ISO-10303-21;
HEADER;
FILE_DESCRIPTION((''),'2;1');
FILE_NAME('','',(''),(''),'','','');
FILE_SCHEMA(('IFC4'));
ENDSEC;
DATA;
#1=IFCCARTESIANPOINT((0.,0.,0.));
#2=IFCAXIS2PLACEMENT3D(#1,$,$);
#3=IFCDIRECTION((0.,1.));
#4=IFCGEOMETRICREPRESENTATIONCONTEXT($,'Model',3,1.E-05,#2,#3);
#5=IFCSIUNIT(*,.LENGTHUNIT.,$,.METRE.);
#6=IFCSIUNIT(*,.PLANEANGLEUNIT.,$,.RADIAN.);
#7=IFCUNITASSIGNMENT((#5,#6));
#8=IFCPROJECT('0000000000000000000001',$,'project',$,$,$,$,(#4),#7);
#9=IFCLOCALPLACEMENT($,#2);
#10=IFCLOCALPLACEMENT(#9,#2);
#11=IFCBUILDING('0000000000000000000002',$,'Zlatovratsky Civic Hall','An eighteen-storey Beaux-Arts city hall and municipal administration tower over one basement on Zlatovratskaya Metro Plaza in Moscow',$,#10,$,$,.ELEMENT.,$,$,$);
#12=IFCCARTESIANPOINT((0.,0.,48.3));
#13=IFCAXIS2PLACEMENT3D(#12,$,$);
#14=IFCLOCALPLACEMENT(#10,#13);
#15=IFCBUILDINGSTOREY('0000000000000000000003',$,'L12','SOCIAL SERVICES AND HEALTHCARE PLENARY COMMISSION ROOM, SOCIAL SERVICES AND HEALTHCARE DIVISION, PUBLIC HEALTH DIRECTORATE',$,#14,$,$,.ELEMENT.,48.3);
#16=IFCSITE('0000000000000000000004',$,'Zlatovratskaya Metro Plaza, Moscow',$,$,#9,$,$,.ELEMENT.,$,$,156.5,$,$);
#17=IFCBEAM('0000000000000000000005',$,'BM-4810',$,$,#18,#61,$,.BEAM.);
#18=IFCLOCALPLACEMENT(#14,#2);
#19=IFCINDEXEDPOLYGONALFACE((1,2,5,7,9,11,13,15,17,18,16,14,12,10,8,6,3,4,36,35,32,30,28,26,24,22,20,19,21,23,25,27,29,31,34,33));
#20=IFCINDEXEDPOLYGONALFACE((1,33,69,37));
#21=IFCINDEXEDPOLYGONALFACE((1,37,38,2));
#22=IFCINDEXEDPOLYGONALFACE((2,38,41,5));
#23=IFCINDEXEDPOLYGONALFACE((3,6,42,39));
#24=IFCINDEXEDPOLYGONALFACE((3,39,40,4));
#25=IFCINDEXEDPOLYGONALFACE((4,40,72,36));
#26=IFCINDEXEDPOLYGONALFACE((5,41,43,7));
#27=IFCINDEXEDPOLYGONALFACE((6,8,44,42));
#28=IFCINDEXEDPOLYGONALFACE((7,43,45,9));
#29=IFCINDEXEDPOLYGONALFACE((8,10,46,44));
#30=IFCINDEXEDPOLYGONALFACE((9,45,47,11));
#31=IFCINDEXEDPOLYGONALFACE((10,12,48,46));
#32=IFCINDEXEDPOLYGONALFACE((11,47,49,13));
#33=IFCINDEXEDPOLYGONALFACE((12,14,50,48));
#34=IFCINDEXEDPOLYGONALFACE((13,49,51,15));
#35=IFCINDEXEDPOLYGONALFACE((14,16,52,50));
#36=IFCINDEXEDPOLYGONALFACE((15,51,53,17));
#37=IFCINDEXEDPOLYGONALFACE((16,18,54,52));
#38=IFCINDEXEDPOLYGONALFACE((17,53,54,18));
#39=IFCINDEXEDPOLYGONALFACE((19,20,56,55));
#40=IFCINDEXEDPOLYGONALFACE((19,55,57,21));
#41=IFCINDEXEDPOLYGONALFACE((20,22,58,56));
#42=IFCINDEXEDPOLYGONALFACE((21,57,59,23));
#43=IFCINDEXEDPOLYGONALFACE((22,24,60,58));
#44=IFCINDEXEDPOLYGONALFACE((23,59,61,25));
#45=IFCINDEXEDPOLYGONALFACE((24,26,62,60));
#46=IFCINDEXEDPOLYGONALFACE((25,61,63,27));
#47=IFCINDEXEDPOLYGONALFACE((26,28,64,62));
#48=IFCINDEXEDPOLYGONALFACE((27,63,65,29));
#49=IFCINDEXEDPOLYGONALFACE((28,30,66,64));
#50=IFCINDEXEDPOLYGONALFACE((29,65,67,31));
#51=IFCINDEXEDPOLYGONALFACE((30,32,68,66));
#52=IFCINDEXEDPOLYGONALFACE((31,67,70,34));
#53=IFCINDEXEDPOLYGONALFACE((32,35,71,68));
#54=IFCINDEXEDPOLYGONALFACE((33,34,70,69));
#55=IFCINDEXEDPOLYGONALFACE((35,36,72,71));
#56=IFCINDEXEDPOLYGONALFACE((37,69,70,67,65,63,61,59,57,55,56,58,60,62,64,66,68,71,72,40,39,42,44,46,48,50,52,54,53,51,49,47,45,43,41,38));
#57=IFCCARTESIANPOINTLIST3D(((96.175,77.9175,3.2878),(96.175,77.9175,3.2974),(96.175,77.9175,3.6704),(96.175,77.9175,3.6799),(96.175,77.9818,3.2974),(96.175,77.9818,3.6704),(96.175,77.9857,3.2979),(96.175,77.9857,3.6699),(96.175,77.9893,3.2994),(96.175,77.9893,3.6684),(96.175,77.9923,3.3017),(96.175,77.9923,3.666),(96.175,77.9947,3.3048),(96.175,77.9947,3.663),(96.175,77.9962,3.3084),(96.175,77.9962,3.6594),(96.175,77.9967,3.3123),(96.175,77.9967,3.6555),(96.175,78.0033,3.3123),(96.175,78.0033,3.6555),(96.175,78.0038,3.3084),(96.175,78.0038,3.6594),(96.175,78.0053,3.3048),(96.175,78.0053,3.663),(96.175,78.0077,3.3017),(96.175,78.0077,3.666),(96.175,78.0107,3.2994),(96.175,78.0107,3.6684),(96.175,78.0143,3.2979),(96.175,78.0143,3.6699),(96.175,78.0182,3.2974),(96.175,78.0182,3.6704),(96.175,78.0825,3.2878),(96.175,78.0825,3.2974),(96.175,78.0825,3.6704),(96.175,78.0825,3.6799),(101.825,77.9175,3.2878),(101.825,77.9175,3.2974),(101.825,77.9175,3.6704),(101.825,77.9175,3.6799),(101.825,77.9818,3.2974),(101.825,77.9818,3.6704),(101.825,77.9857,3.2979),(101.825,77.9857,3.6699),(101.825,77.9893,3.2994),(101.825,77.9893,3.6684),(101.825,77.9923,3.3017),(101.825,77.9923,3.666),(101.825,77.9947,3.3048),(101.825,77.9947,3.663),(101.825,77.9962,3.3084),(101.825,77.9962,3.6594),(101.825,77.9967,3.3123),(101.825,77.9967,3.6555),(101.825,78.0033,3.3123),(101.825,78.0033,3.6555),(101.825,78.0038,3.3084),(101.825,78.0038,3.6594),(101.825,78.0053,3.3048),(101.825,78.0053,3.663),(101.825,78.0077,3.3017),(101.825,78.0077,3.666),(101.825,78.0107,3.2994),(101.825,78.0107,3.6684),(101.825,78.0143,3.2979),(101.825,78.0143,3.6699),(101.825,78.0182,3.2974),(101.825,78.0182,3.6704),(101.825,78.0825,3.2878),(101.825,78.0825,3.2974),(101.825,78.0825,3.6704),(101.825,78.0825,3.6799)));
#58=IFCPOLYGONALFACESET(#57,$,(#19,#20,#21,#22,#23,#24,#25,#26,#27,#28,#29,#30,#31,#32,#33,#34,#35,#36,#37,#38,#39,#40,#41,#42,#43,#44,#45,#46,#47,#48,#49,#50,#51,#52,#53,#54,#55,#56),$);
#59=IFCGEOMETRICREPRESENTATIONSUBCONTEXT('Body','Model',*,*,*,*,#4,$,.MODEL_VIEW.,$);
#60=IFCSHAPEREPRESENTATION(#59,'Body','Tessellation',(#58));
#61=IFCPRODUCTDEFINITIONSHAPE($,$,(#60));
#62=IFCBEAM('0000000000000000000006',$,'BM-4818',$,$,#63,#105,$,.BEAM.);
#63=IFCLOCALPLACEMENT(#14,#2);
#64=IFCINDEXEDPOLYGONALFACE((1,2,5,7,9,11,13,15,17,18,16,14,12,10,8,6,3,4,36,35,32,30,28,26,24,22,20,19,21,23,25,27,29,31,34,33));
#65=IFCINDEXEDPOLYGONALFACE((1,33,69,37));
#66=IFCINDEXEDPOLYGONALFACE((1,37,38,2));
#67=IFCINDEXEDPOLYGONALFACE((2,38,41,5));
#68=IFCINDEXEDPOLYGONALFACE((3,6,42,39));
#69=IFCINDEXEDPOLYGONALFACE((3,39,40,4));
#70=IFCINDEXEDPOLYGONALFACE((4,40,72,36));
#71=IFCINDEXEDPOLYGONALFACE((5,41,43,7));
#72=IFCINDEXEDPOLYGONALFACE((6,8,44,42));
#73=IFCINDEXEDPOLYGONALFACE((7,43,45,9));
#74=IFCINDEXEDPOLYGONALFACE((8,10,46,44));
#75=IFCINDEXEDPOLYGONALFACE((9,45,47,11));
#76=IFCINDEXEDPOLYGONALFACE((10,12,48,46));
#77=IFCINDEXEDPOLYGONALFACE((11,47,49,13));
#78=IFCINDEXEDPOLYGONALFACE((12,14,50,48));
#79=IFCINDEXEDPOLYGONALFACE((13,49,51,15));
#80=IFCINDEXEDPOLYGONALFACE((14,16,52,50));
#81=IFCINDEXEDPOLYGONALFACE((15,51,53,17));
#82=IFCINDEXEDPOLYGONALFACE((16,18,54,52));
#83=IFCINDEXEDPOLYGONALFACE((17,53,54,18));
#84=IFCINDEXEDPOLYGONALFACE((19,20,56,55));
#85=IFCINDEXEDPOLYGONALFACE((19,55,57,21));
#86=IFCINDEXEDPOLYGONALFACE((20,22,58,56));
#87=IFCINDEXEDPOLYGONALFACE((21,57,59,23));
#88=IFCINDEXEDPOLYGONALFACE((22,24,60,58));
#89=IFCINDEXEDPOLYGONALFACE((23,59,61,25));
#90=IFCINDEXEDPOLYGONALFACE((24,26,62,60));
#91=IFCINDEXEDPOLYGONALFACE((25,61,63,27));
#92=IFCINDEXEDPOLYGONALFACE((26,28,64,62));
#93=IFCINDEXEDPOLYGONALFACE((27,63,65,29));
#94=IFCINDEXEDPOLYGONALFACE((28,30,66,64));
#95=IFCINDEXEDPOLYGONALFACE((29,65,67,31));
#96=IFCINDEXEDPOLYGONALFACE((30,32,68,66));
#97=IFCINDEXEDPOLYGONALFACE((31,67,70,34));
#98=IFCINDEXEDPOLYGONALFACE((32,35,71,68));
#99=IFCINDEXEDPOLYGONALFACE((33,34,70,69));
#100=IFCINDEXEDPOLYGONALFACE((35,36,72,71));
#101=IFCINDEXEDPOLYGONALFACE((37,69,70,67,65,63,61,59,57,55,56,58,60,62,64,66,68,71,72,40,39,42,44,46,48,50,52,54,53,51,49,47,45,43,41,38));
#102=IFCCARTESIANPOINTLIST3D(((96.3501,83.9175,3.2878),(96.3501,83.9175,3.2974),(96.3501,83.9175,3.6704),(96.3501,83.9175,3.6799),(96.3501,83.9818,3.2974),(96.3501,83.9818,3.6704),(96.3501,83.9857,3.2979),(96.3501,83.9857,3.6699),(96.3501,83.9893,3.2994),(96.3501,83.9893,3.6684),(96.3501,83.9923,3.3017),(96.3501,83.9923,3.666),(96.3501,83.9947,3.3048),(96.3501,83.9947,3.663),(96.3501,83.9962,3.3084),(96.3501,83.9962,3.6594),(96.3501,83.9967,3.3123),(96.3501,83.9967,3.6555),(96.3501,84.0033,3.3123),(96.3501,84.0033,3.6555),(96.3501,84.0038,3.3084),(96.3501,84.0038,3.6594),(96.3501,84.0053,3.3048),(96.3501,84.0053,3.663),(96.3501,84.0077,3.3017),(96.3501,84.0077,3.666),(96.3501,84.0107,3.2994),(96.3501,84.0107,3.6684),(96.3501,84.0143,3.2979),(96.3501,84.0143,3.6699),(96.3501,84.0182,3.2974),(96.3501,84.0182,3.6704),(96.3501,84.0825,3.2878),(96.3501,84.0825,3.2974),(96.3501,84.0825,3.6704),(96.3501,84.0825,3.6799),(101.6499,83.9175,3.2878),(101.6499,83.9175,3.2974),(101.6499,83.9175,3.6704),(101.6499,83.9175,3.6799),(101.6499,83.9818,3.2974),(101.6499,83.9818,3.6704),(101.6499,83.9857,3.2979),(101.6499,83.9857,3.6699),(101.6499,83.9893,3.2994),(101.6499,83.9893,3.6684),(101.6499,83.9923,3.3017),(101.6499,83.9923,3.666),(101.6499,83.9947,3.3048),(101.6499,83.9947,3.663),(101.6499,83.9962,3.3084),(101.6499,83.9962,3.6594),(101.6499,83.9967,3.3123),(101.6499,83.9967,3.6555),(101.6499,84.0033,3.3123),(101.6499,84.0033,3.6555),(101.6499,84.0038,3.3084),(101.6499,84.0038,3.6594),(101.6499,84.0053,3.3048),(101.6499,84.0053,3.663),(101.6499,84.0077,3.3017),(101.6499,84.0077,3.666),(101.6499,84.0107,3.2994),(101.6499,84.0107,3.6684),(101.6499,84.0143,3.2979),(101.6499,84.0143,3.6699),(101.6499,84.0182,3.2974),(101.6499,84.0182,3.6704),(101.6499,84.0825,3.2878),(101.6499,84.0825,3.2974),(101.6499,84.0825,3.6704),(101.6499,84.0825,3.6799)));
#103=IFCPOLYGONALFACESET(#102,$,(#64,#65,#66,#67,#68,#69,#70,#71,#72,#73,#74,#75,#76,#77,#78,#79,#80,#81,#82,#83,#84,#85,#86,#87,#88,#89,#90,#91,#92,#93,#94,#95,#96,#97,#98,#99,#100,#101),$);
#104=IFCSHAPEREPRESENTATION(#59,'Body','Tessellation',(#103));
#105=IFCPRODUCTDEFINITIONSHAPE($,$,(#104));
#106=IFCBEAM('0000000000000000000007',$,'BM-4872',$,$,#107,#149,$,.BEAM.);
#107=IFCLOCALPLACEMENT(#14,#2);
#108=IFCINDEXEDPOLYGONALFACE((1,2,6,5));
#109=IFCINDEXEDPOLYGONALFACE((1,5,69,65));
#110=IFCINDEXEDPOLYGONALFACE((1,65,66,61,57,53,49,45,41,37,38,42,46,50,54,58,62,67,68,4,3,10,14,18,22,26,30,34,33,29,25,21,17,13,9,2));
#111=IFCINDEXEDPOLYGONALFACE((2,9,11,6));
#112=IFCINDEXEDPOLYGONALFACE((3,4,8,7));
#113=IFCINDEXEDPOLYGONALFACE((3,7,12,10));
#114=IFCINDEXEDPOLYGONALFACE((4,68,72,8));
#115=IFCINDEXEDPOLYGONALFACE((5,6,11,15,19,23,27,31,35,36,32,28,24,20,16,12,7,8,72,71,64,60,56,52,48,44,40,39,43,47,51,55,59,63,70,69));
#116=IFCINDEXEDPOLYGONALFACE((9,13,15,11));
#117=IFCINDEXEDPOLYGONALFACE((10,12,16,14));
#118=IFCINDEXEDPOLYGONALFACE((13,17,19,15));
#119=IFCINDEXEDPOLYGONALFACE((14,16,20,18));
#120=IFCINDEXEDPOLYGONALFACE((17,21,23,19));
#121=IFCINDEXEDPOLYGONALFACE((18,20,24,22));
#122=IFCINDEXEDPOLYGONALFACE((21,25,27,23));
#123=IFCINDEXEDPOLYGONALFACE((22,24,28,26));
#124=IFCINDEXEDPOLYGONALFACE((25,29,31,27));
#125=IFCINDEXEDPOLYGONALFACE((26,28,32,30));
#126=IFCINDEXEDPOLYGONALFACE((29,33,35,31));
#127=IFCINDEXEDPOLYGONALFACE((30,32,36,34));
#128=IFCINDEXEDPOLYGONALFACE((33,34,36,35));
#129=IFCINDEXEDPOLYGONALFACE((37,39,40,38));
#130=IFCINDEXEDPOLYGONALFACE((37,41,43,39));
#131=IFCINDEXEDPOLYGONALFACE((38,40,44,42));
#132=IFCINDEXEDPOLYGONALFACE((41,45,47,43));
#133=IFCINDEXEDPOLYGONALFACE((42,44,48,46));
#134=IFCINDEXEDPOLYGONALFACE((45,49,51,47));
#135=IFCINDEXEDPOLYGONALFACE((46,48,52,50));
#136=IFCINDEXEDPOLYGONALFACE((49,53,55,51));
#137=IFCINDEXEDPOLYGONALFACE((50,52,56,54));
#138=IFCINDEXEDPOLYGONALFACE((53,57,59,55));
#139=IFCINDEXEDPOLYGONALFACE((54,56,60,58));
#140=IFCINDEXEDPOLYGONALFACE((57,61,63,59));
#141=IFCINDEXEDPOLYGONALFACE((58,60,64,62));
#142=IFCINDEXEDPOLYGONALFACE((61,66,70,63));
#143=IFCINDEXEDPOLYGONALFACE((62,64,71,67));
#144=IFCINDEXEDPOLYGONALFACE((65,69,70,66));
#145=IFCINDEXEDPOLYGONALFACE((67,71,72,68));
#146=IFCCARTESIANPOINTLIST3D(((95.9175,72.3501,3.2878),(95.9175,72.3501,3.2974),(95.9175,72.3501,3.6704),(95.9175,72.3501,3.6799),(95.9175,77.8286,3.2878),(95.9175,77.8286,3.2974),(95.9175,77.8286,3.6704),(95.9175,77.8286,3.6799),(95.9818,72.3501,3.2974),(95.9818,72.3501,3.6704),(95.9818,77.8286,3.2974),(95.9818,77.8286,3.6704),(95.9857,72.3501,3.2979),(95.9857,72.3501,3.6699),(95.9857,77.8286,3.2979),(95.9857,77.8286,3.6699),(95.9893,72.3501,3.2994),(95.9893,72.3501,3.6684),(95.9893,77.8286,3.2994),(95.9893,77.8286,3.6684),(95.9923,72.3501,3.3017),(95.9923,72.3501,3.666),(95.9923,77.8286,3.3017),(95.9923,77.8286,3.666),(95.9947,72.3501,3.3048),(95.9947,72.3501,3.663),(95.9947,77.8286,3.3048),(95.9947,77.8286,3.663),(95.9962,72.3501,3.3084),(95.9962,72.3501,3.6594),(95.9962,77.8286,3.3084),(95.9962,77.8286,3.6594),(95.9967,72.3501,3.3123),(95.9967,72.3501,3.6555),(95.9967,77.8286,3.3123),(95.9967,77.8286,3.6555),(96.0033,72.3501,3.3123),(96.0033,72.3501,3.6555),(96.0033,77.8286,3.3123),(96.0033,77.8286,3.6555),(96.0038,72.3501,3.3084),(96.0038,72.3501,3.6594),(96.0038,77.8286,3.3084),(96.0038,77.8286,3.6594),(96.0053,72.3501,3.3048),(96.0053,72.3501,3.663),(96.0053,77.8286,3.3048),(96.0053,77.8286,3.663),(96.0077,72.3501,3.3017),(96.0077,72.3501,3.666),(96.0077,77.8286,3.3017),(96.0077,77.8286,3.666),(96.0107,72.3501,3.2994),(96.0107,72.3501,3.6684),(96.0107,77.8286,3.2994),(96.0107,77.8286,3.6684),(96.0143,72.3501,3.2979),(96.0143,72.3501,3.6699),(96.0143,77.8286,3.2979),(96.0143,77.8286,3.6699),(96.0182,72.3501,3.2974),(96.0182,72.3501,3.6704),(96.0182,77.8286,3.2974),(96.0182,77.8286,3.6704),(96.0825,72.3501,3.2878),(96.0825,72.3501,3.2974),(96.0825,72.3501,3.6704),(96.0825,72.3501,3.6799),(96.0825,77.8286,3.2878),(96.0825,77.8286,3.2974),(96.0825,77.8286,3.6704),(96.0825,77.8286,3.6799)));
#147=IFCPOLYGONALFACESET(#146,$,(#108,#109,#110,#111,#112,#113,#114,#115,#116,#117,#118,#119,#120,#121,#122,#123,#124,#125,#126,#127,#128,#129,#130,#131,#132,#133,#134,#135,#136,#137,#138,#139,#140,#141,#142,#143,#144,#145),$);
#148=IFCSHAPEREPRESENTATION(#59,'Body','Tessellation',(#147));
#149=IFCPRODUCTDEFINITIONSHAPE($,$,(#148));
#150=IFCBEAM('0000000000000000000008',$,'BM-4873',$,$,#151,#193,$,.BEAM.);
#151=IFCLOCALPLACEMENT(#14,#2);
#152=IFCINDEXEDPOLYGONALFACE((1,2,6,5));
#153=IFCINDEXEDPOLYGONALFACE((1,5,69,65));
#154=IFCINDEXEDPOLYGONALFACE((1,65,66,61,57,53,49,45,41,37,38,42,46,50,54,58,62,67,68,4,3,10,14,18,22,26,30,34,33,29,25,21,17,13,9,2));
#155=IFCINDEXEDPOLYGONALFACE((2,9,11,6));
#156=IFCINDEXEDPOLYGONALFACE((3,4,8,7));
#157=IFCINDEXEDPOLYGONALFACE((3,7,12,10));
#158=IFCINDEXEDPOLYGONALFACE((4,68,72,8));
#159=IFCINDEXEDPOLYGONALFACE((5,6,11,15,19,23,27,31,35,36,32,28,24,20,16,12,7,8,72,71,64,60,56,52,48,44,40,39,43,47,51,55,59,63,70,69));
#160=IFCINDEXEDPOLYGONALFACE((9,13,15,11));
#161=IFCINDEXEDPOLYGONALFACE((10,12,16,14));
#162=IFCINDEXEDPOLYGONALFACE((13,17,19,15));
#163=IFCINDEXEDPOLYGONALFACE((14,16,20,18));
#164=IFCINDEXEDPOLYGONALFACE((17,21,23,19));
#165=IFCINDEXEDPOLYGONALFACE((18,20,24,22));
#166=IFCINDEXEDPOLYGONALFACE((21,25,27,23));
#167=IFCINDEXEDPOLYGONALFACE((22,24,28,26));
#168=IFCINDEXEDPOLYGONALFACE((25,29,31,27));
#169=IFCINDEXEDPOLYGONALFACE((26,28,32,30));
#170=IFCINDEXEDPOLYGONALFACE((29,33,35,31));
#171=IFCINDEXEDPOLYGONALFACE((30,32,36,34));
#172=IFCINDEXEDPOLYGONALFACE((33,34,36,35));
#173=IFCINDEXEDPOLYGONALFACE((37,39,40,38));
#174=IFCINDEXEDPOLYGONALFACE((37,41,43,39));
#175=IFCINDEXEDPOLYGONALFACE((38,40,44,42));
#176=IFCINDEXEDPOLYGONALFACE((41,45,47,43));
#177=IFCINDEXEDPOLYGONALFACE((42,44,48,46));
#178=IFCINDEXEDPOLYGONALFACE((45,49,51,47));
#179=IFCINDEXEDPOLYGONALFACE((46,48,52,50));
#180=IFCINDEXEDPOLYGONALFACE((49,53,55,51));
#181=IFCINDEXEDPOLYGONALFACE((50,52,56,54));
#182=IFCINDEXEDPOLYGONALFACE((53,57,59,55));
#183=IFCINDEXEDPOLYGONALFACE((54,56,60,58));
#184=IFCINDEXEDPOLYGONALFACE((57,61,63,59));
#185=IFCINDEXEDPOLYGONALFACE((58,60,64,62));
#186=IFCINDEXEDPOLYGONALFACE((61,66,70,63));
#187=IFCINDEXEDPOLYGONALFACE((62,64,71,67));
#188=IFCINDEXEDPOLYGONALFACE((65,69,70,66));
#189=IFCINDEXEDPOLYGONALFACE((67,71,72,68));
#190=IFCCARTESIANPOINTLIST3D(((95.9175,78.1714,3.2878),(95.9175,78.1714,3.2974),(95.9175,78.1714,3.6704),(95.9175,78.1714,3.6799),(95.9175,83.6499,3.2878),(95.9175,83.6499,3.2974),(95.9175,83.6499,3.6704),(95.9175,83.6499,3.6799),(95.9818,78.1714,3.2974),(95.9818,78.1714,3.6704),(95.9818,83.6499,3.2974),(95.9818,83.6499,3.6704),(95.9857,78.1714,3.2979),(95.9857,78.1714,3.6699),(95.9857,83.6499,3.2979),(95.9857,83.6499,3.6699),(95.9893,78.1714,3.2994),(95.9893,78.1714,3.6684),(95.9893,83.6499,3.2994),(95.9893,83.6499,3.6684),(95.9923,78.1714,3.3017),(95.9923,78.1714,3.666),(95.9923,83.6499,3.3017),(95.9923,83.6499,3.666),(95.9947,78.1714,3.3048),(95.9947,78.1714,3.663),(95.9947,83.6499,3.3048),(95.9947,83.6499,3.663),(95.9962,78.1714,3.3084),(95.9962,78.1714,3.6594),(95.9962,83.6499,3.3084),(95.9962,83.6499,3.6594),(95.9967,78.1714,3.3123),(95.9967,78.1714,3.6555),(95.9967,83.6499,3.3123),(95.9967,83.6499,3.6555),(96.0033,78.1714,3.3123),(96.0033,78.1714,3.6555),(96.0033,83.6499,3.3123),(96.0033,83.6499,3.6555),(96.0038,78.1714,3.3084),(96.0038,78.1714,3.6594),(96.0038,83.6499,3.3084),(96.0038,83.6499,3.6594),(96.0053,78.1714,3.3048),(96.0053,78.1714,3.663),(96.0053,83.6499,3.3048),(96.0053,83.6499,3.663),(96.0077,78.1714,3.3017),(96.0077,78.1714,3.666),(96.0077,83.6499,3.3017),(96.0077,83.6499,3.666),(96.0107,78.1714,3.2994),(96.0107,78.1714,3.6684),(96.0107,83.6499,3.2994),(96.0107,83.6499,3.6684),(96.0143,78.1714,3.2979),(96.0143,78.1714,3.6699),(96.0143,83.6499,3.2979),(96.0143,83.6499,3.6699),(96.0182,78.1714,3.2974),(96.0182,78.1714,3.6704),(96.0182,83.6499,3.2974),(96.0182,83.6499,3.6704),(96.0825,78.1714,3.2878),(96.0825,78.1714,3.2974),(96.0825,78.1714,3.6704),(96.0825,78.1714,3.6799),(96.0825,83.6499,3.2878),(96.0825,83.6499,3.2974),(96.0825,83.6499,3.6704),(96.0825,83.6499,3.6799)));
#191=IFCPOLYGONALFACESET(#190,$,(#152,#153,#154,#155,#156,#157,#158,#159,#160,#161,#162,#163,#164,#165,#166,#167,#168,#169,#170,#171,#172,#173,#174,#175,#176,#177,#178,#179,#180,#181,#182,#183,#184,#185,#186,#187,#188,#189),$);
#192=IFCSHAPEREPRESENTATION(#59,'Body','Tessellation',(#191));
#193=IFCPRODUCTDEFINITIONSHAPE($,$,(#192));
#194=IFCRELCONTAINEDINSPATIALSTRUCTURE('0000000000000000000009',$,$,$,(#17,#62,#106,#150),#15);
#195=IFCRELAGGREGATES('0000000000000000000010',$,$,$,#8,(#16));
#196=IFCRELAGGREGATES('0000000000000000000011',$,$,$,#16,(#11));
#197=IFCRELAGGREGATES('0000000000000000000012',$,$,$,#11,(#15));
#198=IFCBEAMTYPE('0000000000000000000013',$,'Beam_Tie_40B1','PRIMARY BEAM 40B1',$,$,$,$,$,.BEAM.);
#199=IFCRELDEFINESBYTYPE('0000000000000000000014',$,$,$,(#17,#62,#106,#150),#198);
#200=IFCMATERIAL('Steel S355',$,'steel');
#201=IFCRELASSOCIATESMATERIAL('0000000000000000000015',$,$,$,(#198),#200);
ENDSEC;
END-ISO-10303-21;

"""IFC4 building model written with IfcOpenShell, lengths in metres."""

from ifc_helpers import new_model, si_unit, direction, frame, origin, origin_2d, place, context, subcontext, project, spatial, i_section, extrude, material, material_profile, profile_set, type_object, element, save


model = new_model("IFC4")

# Units and contexts
model_context = context("Model", 3, precision=1e-05, world=origin(), true_north=direction((0.0, 1.0)))
body_context = subcontext(model_context, "Body", "Model", "MODEL_VIEW")
ifc_project = project(units=[si_unit("LENGTHUNIT", "METRE"), si_unit("PLANEANGLEUNIT", "RADIAN")], contexts=[model_context])

# Site, building, storey
site_placement = place(None, origin())
site = spatial("IfcSite", under=ifc_project, at=site_placement, Name="Zlatovratskaya Metro Plaza, Moscow", CompositionType="ELEMENT", RefElevation=156.5)
building_placement = place(site_placement, origin())
building = spatial("IfcBuilding", under=site, at=building_placement, Name="Zlatovratsky Civic Hall", Description="An eighteen-storey Beaux-Arts city hall and municipal administration tower over one basement on Zlatovratskaya Metro Plaza in Moscow", CompositionType="ELEMENT")
storey_placement = place(building_placement, frame((0.0, 0.0, 48.3)))
storey = spatial("IfcBuildingStorey", under=building, at=storey_placement, Name="L12", Description="SOCIAL SERVICES AND HEALTHCARE PLENARY COMMISSION ROOM, SOCIAL SERVICES AND HEALTHCARE DIVISION, PUBLIC HEALTH DIRECTORATE", CompositionType="ELEMENT", Elevation=48.3)

# Shared definitions
ifc_material_1 = material(Name="Steel S355", Category="steel")

# Beams
ifc_material_profile_1 = material_profile(ifc_material_1, i_section(OverallWidth=0.165, OverallDepth=0.3921, WebThickness=0.0066, FlangeThickness=0.0095, FilletRadius=0.0149, at=origin_2d()), Name="40B1")
ifc_profile_set_1 = profile_set([ifc_material_profile_1], Name="Steel S355")
beam_type_1 = type_object("IfcBeamType", Name="Beam_Tie_40B1", Description="PRIMARY BEAM 40B1", PredefinedType="BEAM", material=ifc_profile_set_1)
beam_1_placement = place(storey_placement, frame((96.175, 78.0, 3.4839), z_axis=(1.0, 0.0, 0.0), x_axis=(0.0, 1.0, 0.0)))
element("IfcBeam", 1, at=beam_1_placement, inside=storey, type_object=beam_type_1, Name="BM-4810", PredefinedType="BEAM", context=body_context, shape_type="SweptSolid", body=[
    extrude(i_section(OverallWidth=0.165, OverallDepth=0.3921, WebThickness=0.0066, FlangeThickness=0.0095, FilletRadius=0.0149, at=origin_2d()), origin(), (0.0, 0.0, 1.0), 5.6499),
])
beam_2_placement = place(storey_placement, frame((96.3501, 84.0, 3.4839), z_axis=(1.0, 0.0, 0.0), x_axis=(0.0, 1.0, 0.0)))
element("IfcBeam", 2, at=beam_2_placement, inside=storey, type_object=beam_type_1, Name="BM-4818", PredefinedType="BEAM", context=body_context, shape_type="SweptSolid", body=[
    extrude(i_section(OverallWidth=0.165, OverallDepth=0.3921, WebThickness=0.0066, FlangeThickness=0.0095, FilletRadius=0.0149, at=origin_2d()), origin(), (0.0, 0.0, 1.0), 5.2998),
])
for number, where, z_axis, x_axis, name in (
    (3, (96.0, 72.3501, 3.4839), (0.0, 1.0, 0.0), (-1.0, 0.0, 0.0), "BM-4872"),
    (4, (96.0, 78.1714, 3.4839), (0.0, 1.0, 0.0), (-1.0, 0.0, 0.0), "BM-4873"),
):
    element("IfcBeam", number, at=place(storey_placement, frame(where, z_axis=z_axis, x_axis=x_axis)), inside=storey, type_object=beam_type_1, Name=name, PredefinedType="BEAM", context=body_context, shape_type="SweptSolid", body=[
        extrude(i_section(OverallWidth=0.165, OverallDepth=0.3921, WebThickness=0.0066, FlangeThickness=0.0095, FilletRadius=0.0149, at=origin_2d()), origin(), (0.0, 0.0, 1.0), 5.4785),
    ])

save(model, "model.ifc")
